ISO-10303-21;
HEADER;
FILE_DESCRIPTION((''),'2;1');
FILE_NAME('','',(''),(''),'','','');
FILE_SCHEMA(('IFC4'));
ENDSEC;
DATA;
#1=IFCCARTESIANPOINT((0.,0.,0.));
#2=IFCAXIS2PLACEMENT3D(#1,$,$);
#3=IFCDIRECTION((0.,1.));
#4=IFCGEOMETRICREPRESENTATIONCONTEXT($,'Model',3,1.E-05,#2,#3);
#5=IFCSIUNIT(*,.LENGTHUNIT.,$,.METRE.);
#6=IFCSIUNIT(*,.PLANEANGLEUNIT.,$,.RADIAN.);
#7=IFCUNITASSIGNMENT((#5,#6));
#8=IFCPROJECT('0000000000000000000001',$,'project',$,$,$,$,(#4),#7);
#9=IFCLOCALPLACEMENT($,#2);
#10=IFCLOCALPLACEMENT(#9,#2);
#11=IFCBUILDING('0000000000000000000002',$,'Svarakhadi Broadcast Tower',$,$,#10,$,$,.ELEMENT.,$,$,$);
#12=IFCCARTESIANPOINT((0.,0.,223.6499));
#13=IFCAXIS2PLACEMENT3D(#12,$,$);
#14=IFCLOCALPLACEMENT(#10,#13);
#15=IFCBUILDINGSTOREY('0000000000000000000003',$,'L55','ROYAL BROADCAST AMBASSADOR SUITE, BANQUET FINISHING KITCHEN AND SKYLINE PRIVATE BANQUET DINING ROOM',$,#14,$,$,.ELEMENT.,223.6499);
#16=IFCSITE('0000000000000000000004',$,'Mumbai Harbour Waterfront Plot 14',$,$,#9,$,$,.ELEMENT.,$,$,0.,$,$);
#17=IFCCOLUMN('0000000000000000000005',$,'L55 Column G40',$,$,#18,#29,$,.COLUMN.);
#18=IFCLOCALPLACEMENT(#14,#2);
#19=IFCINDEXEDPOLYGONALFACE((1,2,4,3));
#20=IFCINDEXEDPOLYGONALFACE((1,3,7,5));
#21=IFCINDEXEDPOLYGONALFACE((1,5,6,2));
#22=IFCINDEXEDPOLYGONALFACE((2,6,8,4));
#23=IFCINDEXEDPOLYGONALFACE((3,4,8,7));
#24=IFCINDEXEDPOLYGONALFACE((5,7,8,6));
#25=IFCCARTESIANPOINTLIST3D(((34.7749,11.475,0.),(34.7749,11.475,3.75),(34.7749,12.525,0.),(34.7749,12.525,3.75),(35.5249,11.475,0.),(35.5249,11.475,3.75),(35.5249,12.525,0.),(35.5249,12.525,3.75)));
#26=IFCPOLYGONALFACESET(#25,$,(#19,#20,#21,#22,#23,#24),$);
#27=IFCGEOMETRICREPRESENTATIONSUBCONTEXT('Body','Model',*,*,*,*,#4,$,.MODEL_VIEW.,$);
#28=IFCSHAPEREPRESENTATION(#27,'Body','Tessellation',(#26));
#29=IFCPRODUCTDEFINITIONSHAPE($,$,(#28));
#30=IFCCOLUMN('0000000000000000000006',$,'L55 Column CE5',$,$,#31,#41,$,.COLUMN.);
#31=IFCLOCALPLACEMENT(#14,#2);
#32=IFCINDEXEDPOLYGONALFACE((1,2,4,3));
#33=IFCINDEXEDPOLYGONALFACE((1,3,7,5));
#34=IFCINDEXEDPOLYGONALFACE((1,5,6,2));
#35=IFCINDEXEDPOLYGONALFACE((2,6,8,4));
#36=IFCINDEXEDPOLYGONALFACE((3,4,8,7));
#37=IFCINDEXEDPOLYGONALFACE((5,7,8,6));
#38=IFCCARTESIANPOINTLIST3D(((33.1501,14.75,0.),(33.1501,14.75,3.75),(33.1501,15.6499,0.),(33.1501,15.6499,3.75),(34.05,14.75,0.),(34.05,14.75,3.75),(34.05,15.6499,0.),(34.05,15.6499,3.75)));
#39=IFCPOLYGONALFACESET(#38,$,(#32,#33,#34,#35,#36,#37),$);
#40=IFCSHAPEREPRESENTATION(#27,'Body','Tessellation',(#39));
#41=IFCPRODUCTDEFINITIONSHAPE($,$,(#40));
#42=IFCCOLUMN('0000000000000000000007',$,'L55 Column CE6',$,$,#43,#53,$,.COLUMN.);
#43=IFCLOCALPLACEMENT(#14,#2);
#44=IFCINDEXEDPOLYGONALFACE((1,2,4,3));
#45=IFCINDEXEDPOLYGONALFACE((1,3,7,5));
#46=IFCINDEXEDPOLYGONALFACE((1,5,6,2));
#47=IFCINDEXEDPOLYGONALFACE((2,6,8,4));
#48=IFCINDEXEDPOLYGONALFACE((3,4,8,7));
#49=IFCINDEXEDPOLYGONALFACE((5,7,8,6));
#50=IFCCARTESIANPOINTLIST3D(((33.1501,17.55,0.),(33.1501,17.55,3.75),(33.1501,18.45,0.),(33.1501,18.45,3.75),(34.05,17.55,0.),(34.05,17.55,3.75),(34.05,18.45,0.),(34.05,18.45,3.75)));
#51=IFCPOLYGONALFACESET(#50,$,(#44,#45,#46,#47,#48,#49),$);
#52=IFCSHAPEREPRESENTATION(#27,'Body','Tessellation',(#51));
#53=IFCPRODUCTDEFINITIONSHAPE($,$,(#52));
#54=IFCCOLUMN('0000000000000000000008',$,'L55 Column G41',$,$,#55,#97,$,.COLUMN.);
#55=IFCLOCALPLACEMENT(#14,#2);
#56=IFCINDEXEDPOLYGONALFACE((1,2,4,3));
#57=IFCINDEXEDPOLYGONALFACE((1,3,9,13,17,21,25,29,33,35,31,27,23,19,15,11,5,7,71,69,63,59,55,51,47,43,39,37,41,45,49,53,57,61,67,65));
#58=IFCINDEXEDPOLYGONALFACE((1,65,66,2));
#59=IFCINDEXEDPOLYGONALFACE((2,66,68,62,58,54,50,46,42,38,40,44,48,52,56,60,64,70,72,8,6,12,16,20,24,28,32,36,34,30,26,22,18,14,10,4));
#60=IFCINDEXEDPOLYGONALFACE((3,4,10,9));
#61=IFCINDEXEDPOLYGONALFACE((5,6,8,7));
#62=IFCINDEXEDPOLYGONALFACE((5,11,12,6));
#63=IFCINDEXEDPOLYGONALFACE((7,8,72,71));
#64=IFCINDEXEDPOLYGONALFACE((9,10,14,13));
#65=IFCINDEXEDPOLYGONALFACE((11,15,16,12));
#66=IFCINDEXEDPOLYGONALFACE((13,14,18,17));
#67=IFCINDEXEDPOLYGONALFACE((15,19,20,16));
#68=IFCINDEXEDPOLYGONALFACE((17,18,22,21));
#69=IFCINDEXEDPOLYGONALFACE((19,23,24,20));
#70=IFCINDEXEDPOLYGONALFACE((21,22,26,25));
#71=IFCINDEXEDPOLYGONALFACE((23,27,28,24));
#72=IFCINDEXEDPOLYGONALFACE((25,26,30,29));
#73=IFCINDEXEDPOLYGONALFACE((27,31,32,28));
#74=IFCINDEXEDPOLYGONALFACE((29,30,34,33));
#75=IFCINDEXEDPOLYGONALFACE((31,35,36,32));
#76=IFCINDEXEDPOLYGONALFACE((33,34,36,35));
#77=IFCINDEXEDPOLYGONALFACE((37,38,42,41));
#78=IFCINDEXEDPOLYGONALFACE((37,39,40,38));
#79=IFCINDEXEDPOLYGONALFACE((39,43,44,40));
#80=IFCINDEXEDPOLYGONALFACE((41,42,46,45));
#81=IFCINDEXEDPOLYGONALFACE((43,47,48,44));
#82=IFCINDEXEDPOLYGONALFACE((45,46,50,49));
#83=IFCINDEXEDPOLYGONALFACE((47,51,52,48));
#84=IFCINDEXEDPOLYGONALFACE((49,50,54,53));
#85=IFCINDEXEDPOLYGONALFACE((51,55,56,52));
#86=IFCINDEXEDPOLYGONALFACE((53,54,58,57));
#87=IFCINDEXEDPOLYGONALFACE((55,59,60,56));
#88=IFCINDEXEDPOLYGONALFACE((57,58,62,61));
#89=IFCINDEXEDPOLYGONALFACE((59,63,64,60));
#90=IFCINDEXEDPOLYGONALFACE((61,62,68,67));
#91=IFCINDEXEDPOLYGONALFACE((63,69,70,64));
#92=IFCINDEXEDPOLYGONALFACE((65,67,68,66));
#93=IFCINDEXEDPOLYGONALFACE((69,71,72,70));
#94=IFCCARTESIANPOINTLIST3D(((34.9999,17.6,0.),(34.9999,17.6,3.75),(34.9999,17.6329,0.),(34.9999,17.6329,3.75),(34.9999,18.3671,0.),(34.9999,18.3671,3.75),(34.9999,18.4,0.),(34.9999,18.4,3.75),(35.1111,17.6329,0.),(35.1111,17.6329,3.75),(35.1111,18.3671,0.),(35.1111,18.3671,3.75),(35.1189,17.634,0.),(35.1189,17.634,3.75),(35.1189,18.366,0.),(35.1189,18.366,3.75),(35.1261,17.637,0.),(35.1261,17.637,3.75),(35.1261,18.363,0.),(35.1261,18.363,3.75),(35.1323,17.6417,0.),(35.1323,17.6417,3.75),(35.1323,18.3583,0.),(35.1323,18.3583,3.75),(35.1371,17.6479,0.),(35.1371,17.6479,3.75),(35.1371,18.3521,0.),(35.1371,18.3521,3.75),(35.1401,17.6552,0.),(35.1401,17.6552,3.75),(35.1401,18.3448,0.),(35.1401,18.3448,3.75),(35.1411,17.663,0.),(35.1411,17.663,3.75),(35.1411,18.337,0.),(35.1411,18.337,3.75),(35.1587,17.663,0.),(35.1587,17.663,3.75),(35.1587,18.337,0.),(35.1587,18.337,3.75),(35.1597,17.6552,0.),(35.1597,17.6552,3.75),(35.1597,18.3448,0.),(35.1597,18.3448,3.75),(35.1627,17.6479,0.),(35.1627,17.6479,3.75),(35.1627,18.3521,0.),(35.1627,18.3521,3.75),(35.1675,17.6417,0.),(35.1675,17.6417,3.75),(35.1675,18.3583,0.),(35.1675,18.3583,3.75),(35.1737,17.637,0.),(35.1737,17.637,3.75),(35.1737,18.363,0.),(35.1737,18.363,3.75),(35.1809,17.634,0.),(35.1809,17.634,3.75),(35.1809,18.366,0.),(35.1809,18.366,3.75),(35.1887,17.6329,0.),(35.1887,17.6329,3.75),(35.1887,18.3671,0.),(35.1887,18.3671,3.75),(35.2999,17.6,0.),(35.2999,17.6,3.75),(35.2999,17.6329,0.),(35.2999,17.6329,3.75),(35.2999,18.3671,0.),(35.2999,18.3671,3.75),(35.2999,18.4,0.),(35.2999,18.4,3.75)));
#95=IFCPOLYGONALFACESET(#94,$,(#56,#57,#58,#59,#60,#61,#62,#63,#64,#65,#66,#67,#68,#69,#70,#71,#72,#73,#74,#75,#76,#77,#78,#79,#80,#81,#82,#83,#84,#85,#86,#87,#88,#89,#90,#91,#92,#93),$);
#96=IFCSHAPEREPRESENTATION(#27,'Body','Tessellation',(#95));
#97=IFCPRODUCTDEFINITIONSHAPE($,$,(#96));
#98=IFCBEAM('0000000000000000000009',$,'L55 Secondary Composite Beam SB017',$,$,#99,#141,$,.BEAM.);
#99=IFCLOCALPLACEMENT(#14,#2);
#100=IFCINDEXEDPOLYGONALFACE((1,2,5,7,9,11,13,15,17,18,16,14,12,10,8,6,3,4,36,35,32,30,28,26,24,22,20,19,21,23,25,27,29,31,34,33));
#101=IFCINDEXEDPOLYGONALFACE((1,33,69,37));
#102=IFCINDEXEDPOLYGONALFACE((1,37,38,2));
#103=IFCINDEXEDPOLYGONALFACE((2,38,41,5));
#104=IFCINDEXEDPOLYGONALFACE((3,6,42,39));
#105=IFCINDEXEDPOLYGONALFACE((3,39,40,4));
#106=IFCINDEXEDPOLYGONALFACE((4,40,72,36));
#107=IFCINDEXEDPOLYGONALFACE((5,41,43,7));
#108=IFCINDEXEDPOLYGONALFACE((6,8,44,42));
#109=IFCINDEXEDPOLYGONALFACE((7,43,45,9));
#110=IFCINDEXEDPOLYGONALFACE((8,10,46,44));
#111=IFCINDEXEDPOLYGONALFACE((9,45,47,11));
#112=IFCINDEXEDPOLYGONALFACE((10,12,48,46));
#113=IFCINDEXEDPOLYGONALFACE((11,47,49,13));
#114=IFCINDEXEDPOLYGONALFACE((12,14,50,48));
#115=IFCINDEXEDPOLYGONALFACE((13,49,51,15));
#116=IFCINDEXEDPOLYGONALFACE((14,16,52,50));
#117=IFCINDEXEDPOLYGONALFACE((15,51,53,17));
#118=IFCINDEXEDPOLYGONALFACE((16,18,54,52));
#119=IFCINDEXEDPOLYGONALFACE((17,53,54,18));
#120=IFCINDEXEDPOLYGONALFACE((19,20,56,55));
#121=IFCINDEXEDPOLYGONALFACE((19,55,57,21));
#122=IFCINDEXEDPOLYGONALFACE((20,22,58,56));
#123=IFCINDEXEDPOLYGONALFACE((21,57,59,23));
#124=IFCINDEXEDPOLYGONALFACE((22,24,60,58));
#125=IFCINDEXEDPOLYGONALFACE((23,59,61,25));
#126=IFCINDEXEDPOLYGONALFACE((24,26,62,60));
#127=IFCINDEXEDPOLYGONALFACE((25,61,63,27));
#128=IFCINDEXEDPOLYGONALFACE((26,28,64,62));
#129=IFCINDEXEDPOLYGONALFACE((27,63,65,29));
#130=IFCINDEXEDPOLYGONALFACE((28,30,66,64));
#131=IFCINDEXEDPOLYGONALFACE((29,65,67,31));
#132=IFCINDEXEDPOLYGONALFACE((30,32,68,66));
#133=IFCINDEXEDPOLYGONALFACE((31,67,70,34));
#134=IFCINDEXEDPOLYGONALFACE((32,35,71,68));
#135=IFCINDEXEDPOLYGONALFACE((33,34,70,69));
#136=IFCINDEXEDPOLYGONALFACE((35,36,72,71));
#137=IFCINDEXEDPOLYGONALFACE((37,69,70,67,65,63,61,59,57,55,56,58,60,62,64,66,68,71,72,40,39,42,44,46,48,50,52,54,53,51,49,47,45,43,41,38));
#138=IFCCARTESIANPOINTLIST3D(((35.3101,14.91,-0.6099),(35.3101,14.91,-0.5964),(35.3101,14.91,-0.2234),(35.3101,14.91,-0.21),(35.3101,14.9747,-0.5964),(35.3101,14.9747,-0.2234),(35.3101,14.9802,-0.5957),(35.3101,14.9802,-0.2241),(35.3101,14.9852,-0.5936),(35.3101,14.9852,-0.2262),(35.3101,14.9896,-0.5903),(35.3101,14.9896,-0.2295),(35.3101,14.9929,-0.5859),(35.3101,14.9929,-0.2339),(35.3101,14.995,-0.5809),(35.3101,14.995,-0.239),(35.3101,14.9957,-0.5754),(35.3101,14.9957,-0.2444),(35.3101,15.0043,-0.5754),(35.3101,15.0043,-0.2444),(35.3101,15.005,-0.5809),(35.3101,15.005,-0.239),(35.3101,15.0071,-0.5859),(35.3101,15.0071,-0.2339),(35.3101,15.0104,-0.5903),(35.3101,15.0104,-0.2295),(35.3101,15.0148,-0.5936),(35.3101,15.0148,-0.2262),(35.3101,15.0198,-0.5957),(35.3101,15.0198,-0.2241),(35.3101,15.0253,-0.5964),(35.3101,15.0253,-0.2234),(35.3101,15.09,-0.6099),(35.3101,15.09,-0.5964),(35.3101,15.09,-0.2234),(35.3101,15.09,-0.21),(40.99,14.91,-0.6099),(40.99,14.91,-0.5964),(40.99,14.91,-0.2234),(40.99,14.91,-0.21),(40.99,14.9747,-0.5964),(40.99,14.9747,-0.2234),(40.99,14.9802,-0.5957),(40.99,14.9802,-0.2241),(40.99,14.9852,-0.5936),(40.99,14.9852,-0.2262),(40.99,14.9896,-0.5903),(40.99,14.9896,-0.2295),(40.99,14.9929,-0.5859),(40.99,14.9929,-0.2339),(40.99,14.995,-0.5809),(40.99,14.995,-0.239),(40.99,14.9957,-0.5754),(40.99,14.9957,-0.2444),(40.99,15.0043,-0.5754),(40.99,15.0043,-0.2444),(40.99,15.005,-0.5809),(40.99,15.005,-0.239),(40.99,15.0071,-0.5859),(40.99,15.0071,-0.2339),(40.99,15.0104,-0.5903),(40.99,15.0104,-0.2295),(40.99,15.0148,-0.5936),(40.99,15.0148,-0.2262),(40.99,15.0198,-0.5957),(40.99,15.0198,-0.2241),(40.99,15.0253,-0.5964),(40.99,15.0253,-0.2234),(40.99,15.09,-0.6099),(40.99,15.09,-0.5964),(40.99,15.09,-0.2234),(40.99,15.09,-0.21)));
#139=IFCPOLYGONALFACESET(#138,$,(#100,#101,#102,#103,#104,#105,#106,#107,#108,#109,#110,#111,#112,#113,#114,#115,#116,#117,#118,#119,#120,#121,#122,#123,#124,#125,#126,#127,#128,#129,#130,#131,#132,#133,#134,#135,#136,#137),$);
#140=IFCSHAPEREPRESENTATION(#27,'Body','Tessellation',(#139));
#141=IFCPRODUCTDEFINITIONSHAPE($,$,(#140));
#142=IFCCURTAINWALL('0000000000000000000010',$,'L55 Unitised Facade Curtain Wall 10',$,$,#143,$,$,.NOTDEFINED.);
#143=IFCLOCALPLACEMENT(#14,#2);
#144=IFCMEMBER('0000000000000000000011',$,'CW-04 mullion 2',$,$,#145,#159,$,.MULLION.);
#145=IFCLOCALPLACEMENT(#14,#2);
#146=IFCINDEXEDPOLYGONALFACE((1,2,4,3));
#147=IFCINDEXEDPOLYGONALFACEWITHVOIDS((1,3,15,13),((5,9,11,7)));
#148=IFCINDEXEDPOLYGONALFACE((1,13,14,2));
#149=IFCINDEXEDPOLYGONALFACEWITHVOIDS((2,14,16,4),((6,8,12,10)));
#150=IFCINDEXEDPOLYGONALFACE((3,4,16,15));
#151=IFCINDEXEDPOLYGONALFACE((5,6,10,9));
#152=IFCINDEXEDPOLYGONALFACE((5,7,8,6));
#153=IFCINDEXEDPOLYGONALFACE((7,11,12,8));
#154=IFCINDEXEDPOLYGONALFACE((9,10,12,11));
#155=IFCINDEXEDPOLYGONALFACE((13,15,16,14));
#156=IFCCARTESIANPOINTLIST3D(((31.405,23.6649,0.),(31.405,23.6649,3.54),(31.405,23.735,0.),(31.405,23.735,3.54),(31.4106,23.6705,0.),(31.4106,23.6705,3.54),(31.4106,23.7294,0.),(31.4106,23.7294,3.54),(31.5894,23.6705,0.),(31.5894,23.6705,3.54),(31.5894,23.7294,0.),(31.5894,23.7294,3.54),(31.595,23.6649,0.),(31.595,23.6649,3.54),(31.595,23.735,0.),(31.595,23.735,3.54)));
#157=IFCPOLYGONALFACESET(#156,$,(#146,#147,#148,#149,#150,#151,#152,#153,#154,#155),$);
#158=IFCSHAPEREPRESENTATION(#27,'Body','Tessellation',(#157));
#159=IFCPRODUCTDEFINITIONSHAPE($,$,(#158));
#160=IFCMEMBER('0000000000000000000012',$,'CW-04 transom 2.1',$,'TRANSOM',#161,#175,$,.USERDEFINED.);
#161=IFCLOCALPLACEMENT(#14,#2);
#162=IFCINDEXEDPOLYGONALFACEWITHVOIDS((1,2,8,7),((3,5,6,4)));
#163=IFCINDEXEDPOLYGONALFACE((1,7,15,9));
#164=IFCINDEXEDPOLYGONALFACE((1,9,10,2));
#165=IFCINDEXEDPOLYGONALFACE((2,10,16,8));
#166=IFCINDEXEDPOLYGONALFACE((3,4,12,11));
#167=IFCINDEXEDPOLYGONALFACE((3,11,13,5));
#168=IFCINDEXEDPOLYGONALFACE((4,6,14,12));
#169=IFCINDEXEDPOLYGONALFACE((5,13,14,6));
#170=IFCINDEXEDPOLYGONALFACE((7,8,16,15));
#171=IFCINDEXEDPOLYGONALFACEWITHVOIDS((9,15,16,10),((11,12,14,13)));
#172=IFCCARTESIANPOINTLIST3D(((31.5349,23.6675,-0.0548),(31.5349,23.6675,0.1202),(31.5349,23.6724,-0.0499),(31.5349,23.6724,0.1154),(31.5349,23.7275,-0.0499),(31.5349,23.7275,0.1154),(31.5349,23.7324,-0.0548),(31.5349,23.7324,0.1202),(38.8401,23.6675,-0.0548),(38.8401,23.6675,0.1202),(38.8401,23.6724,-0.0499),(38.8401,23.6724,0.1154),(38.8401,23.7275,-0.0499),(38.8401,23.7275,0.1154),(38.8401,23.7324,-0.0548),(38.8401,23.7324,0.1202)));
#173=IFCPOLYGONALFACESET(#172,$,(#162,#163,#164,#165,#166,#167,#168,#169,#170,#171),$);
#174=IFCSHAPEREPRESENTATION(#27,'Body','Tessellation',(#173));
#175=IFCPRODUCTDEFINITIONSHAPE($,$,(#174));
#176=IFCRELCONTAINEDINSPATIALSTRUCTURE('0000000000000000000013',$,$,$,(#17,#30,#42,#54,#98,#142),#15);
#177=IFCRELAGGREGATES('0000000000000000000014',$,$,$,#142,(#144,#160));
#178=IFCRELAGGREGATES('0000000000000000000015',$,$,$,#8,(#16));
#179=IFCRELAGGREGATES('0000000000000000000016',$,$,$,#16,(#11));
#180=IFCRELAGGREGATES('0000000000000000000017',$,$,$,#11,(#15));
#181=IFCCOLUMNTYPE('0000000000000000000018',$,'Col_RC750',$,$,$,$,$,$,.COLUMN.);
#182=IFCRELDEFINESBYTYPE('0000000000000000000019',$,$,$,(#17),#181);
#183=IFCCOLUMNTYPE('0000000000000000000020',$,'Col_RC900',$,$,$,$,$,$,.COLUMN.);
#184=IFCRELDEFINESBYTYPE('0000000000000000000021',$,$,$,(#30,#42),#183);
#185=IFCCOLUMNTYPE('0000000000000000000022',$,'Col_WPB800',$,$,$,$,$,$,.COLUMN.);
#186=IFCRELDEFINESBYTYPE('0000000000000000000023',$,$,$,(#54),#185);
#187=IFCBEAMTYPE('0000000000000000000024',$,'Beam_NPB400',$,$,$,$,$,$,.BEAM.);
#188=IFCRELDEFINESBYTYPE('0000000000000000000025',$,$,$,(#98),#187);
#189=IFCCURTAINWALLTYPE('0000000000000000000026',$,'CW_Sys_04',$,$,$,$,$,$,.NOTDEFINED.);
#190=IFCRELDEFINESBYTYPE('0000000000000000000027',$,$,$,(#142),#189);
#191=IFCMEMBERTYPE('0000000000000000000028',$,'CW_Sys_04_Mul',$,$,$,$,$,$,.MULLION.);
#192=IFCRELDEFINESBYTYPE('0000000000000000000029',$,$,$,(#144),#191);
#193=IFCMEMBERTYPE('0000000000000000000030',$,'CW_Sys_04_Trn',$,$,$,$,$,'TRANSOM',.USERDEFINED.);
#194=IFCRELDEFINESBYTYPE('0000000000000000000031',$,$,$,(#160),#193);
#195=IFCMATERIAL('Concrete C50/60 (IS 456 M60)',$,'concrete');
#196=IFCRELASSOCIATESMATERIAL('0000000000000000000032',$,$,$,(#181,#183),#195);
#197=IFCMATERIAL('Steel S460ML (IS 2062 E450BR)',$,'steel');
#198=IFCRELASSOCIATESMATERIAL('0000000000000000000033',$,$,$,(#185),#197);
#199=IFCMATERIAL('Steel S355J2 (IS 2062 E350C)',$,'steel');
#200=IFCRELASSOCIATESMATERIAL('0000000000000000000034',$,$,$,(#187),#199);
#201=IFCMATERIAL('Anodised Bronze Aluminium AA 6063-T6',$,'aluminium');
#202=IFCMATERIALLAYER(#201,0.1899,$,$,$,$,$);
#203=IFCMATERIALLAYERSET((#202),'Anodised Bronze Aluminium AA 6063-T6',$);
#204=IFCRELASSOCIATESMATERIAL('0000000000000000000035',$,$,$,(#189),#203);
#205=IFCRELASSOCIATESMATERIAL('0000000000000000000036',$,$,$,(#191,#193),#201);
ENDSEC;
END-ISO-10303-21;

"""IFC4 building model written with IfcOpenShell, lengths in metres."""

from ifc_helpers import new_model, si_unit, direction, frame, origin, origin_2d, place, context, subcontext, project, spatial, rectangle, hollow_rectangle, i_section, extrude, material, layer, layer_set, material_profile, profile_set, type_object, element, aggregate, save


model = new_model("IFC4")

# Units and contexts
model_context = context("Model", 3, precision=1e-05, world=origin(), true_north=direction((0.0, 1.0)))
body_context = subcontext(model_context, "Body", "Model", "MODEL_VIEW")
ifc_project = project(units=[si_unit("LENGTHUNIT", "METRE"), si_unit("PLANEANGLEUNIT", "RADIAN")], contexts=[model_context])

# Site, building, storey
site_placement = place(None, origin())
site = spatial("IfcSite", under=ifc_project, at=site_placement, Name="Mumbai Harbour Waterfront Plot 14", CompositionType="ELEMENT", RefElevation=0.0)
building_placement = place(site_placement, origin())
building = spatial("IfcBuilding", under=site, at=building_placement, Name="Svarakhadi Broadcast Tower", CompositionType="ELEMENT")
storey_placement = place(building_placement, frame((0.0, 0.0, 223.6499)))
storey = spatial("IfcBuildingStorey", under=building, at=storey_placement, Name="L55", Description="ROYAL BROADCAST AMBASSADOR SUITE, BANQUET FINISHING KITCHEN AND SKYLINE PRIVATE BANQUET DINING ROOM", CompositionType="ELEMENT", Elevation=223.6499)

# Columns
ifc_material_1 = material(Name="Concrete C50/60 (IS 456 M60)", Category="concrete")
ifc_material_profile_1 = material_profile(ifc_material_1, rectangle(XDim=0.75, YDim=1.05, at=origin_2d()), Name="RC 750x1050")
ifc_profile_set_1 = profile_set([ifc_material_profile_1], Name="Concrete C50/60 (IS 456 M60)")
column_type_1 = type_object("IfcColumnType", Name="Col_RC750", PredefinedType="COLUMN", material=ifc_profile_set_1)
column_1_placement = place(storey_placement, frame((35.1499, 12.0, 0.0), z_axis=(0.0, 0.0, 1.0), x_axis=(1.0, 0.0, 0.0)))
element("IfcColumn", 1, at=column_1_placement, inside=storey, type_object=column_type_1, Name="L55 Column G40", PredefinedType="COLUMN", context=body_context, shape_type="SweptSolid", body=[
    extrude(rectangle(XDim=0.75, YDim=1.05, at=origin_2d()), origin(), (0.0, 0.0, 1.0), 3.75),
])
ifc_material_profile_2 = material_profile(ifc_material_1, rectangle(XDim=0.8999, YDim=0.8999, at=origin_2d()), Name="RC 900x900")
ifc_profile_set_2 = profile_set([ifc_material_profile_2], Name="Concrete C50/60 (IS 456 M60)")
column_type_2 = type_object("IfcColumnType", Name="Col_RC900", PredefinedType="COLUMN", material=ifc_profile_set_2)
for number, where, z_axis, x_axis, name in (
    (2, (33.6001, 15.2, 0.0), (0.0, 0.0, 1.0), (1.0, 0.0, 0.0), "L55 Column CE5"),
    (3, (33.6001, 18.0, 0.0), (0.0, 0.0, 1.0), (1.0, 0.0, 0.0), "L55 Column CE6"),
):
    element("IfcColumn", number, at=place(storey_placement, frame(where, z_axis=z_axis, x_axis=x_axis)), inside=storey, type_object=column_type_2, Name=name, PredefinedType="COLUMN", context=body_context, shape_type="SweptSolid", body=[
        extrude(rectangle(XDim=0.8999, YDim=0.8999, at=origin_2d()), origin(), (0.0, 0.0, 1.0), 3.75),
    ])
ifc_material_2 = material(Name="Steel S460ML (IS 2062 E450BR)", Category="steel")
ifc_material_profile_3 = material_profile(ifc_material_2, i_section(OverallWidth=0.3, OverallDepth=0.8, WebThickness=0.0176, FlangeThickness=0.033, FilletRadius=0.03, at=origin_2d()), Name="WPB 800x300x262")
ifc_profile_set_3 = profile_set([ifc_material_profile_3], Name="Steel S460ML (IS 2062 E450BR)")
column_type_3 = type_object("IfcColumnType", Name="Col_WPB800", PredefinedType="COLUMN", material=ifc_profile_set_3)
column_2_placement = place(storey_placement, frame((35.1499, 18.0, 0.0), z_axis=(0.0, 0.0, 1.0), x_axis=(1.0, 0.0, 0.0)))
element("IfcColumn", 4, at=column_2_placement, inside=storey, type_object=column_type_3, Name="L55 Column G41", PredefinedType="COLUMN", context=body_context, shape_type="SweptSolid", body=[
    extrude(i_section(OverallWidth=0.3, OverallDepth=0.8, WebThickness=0.0176, FlangeThickness=0.033, FilletRadius=0.03, at=origin_2d()), origin(), (0.0, 0.0, 1.0), 3.75),
])

# Beam
ifc_material_3 = material(Name="Steel S355J2 (IS 2062 E350C)", Category="steel")
ifc_material_profile_4 = material_profile(ifc_material_3, i_section(OverallWidth=0.1799, OverallDepth=0.3999, WebThickness=0.0085, FlangeThickness=0.0134, FilletRadius=0.021, at=origin_2d()), Name="NPB 400x180x66")
ifc_profile_set_4 = profile_set([ifc_material_profile_4], Name="Steel S355J2 (IS 2062 E350C)")
beam_type_1 = type_object("IfcBeamType", Name="Beam_NPB400", PredefinedType="BEAM", material=ifc_profile_set_4)
beam_1_placement = place(storey_placement, frame((35.3101, 15.0, -0.4099), z_axis=(1.0, 0.0, 0.0), x_axis=(0.0, 1.0, 0.0)))
element("IfcBeam", 5, at=beam_1_placement, inside=storey, type_object=beam_type_1, Name="L55 Secondary Composite Beam SB017", PredefinedType="BEAM", context=body_context, shape_type="SweptSolid", body=[
    extrude(i_section(OverallWidth=0.1799, OverallDepth=0.3999, WebThickness=0.0085, FlangeThickness=0.0134, FilletRadius=0.021, at=origin_2d()), origin(), (0.0, 0.0, 1.0), 5.6799),
])

# Curtain wall, members
ifc_material_4 = material(Name="Anodised Bronze Aluminium AA 6063-T6", Category="aluminium")
ifc_layer_1 = layer(ifc_material_4, 0.1899)
ifc_layer_set_1 = layer_set([ifc_layer_1], Name="Anodised Bronze Aluminium AA 6063-T6")
curtain_wall_type = type_object("IfcCurtainWallType", Name="CW_Sys_04", PredefinedType="NOTDEFINED", material=ifc_layer_set_1)
curtain_wall_placement = place(storey_placement, origin())
curtain_wall = element("IfcCurtainWall", 6, at=curtain_wall_placement, inside=storey, type_object=curtain_wall_type, Name="L55 Unitised Facade Curtain Wall 10", PredefinedType="NOTDEFINED")
ifc_material_profile_5 = material_profile(ifc_material_4, hollow_rectangle(XDim=0.0701, YDim=0.1899, WallThickness=0.0056, at=origin_2d()), Name="ALU MULLION 190x70x6")
ifc_profile_set_5 = profile_set([ifc_material_profile_5], Name="Anodised Bronze Aluminium AA 6063-T6")
member_type_1 = type_object("IfcMemberType", Name="CW_Sys_04_Mul", PredefinedType="MULLION", material=ifc_profile_set_5)
member_1_placement = place(storey_placement, frame((31.5, 23.7, 0.0), z_axis=(0.0, 0.0, 1.0), x_axis=(0.0, 1.0, 0.0)))
member_1 = element("IfcMember", 7, at=member_1_placement, type_object=member_type_1, Name="CW-04 mullion 2", PredefinedType="MULLION", context=body_context, shape_type="SweptSolid", body=[
    extrude(hollow_rectangle(XDim=0.0701, YDim=0.1899, WallThickness=0.0056, at=origin_2d()), origin(), (0.0, 0.0, 1.0), 3.54),
])
ifc_material_profile_6 = material_profile(ifc_material_4, hollow_rectangle(XDim=0.0649, YDim=0.175, WallThickness=0.0049, at=origin_2d()), Name="ALU TRANSOM 175x65x5")
ifc_profile_set_6 = profile_set([ifc_material_profile_6], Name="Anodised Bronze Aluminium AA 6063-T6")
member_type_2 = type_object("IfcMemberType", Name="CW_Sys_04_Trn", ElementType="TRANSOM", PredefinedType="USERDEFINED", material=ifc_profile_set_6)
member_2_placement = place(storey_placement, frame((31.5349, 23.7, 0.0327), z_axis=(1.0, 0.0, 0.0), x_axis=(0.0, 1.0, 0.0)))
member_2 = element("IfcMember", 8, at=member_2_placement, type_object=member_type_2, Name="CW-04 transom 2.1", ObjectType="TRANSOM", PredefinedType="USERDEFINED", context=body_context, shape_type="SweptSolid", body=[
    extrude(hollow_rectangle(XDim=0.0649, YDim=0.175, WallThickness=0.0049, at=origin_2d()), origin(), (0.0, 0.0, 1.0), 7.3052),
])

aggregate(curtain_wall, [member_1, member_2])

save(model, "model.ifc")
